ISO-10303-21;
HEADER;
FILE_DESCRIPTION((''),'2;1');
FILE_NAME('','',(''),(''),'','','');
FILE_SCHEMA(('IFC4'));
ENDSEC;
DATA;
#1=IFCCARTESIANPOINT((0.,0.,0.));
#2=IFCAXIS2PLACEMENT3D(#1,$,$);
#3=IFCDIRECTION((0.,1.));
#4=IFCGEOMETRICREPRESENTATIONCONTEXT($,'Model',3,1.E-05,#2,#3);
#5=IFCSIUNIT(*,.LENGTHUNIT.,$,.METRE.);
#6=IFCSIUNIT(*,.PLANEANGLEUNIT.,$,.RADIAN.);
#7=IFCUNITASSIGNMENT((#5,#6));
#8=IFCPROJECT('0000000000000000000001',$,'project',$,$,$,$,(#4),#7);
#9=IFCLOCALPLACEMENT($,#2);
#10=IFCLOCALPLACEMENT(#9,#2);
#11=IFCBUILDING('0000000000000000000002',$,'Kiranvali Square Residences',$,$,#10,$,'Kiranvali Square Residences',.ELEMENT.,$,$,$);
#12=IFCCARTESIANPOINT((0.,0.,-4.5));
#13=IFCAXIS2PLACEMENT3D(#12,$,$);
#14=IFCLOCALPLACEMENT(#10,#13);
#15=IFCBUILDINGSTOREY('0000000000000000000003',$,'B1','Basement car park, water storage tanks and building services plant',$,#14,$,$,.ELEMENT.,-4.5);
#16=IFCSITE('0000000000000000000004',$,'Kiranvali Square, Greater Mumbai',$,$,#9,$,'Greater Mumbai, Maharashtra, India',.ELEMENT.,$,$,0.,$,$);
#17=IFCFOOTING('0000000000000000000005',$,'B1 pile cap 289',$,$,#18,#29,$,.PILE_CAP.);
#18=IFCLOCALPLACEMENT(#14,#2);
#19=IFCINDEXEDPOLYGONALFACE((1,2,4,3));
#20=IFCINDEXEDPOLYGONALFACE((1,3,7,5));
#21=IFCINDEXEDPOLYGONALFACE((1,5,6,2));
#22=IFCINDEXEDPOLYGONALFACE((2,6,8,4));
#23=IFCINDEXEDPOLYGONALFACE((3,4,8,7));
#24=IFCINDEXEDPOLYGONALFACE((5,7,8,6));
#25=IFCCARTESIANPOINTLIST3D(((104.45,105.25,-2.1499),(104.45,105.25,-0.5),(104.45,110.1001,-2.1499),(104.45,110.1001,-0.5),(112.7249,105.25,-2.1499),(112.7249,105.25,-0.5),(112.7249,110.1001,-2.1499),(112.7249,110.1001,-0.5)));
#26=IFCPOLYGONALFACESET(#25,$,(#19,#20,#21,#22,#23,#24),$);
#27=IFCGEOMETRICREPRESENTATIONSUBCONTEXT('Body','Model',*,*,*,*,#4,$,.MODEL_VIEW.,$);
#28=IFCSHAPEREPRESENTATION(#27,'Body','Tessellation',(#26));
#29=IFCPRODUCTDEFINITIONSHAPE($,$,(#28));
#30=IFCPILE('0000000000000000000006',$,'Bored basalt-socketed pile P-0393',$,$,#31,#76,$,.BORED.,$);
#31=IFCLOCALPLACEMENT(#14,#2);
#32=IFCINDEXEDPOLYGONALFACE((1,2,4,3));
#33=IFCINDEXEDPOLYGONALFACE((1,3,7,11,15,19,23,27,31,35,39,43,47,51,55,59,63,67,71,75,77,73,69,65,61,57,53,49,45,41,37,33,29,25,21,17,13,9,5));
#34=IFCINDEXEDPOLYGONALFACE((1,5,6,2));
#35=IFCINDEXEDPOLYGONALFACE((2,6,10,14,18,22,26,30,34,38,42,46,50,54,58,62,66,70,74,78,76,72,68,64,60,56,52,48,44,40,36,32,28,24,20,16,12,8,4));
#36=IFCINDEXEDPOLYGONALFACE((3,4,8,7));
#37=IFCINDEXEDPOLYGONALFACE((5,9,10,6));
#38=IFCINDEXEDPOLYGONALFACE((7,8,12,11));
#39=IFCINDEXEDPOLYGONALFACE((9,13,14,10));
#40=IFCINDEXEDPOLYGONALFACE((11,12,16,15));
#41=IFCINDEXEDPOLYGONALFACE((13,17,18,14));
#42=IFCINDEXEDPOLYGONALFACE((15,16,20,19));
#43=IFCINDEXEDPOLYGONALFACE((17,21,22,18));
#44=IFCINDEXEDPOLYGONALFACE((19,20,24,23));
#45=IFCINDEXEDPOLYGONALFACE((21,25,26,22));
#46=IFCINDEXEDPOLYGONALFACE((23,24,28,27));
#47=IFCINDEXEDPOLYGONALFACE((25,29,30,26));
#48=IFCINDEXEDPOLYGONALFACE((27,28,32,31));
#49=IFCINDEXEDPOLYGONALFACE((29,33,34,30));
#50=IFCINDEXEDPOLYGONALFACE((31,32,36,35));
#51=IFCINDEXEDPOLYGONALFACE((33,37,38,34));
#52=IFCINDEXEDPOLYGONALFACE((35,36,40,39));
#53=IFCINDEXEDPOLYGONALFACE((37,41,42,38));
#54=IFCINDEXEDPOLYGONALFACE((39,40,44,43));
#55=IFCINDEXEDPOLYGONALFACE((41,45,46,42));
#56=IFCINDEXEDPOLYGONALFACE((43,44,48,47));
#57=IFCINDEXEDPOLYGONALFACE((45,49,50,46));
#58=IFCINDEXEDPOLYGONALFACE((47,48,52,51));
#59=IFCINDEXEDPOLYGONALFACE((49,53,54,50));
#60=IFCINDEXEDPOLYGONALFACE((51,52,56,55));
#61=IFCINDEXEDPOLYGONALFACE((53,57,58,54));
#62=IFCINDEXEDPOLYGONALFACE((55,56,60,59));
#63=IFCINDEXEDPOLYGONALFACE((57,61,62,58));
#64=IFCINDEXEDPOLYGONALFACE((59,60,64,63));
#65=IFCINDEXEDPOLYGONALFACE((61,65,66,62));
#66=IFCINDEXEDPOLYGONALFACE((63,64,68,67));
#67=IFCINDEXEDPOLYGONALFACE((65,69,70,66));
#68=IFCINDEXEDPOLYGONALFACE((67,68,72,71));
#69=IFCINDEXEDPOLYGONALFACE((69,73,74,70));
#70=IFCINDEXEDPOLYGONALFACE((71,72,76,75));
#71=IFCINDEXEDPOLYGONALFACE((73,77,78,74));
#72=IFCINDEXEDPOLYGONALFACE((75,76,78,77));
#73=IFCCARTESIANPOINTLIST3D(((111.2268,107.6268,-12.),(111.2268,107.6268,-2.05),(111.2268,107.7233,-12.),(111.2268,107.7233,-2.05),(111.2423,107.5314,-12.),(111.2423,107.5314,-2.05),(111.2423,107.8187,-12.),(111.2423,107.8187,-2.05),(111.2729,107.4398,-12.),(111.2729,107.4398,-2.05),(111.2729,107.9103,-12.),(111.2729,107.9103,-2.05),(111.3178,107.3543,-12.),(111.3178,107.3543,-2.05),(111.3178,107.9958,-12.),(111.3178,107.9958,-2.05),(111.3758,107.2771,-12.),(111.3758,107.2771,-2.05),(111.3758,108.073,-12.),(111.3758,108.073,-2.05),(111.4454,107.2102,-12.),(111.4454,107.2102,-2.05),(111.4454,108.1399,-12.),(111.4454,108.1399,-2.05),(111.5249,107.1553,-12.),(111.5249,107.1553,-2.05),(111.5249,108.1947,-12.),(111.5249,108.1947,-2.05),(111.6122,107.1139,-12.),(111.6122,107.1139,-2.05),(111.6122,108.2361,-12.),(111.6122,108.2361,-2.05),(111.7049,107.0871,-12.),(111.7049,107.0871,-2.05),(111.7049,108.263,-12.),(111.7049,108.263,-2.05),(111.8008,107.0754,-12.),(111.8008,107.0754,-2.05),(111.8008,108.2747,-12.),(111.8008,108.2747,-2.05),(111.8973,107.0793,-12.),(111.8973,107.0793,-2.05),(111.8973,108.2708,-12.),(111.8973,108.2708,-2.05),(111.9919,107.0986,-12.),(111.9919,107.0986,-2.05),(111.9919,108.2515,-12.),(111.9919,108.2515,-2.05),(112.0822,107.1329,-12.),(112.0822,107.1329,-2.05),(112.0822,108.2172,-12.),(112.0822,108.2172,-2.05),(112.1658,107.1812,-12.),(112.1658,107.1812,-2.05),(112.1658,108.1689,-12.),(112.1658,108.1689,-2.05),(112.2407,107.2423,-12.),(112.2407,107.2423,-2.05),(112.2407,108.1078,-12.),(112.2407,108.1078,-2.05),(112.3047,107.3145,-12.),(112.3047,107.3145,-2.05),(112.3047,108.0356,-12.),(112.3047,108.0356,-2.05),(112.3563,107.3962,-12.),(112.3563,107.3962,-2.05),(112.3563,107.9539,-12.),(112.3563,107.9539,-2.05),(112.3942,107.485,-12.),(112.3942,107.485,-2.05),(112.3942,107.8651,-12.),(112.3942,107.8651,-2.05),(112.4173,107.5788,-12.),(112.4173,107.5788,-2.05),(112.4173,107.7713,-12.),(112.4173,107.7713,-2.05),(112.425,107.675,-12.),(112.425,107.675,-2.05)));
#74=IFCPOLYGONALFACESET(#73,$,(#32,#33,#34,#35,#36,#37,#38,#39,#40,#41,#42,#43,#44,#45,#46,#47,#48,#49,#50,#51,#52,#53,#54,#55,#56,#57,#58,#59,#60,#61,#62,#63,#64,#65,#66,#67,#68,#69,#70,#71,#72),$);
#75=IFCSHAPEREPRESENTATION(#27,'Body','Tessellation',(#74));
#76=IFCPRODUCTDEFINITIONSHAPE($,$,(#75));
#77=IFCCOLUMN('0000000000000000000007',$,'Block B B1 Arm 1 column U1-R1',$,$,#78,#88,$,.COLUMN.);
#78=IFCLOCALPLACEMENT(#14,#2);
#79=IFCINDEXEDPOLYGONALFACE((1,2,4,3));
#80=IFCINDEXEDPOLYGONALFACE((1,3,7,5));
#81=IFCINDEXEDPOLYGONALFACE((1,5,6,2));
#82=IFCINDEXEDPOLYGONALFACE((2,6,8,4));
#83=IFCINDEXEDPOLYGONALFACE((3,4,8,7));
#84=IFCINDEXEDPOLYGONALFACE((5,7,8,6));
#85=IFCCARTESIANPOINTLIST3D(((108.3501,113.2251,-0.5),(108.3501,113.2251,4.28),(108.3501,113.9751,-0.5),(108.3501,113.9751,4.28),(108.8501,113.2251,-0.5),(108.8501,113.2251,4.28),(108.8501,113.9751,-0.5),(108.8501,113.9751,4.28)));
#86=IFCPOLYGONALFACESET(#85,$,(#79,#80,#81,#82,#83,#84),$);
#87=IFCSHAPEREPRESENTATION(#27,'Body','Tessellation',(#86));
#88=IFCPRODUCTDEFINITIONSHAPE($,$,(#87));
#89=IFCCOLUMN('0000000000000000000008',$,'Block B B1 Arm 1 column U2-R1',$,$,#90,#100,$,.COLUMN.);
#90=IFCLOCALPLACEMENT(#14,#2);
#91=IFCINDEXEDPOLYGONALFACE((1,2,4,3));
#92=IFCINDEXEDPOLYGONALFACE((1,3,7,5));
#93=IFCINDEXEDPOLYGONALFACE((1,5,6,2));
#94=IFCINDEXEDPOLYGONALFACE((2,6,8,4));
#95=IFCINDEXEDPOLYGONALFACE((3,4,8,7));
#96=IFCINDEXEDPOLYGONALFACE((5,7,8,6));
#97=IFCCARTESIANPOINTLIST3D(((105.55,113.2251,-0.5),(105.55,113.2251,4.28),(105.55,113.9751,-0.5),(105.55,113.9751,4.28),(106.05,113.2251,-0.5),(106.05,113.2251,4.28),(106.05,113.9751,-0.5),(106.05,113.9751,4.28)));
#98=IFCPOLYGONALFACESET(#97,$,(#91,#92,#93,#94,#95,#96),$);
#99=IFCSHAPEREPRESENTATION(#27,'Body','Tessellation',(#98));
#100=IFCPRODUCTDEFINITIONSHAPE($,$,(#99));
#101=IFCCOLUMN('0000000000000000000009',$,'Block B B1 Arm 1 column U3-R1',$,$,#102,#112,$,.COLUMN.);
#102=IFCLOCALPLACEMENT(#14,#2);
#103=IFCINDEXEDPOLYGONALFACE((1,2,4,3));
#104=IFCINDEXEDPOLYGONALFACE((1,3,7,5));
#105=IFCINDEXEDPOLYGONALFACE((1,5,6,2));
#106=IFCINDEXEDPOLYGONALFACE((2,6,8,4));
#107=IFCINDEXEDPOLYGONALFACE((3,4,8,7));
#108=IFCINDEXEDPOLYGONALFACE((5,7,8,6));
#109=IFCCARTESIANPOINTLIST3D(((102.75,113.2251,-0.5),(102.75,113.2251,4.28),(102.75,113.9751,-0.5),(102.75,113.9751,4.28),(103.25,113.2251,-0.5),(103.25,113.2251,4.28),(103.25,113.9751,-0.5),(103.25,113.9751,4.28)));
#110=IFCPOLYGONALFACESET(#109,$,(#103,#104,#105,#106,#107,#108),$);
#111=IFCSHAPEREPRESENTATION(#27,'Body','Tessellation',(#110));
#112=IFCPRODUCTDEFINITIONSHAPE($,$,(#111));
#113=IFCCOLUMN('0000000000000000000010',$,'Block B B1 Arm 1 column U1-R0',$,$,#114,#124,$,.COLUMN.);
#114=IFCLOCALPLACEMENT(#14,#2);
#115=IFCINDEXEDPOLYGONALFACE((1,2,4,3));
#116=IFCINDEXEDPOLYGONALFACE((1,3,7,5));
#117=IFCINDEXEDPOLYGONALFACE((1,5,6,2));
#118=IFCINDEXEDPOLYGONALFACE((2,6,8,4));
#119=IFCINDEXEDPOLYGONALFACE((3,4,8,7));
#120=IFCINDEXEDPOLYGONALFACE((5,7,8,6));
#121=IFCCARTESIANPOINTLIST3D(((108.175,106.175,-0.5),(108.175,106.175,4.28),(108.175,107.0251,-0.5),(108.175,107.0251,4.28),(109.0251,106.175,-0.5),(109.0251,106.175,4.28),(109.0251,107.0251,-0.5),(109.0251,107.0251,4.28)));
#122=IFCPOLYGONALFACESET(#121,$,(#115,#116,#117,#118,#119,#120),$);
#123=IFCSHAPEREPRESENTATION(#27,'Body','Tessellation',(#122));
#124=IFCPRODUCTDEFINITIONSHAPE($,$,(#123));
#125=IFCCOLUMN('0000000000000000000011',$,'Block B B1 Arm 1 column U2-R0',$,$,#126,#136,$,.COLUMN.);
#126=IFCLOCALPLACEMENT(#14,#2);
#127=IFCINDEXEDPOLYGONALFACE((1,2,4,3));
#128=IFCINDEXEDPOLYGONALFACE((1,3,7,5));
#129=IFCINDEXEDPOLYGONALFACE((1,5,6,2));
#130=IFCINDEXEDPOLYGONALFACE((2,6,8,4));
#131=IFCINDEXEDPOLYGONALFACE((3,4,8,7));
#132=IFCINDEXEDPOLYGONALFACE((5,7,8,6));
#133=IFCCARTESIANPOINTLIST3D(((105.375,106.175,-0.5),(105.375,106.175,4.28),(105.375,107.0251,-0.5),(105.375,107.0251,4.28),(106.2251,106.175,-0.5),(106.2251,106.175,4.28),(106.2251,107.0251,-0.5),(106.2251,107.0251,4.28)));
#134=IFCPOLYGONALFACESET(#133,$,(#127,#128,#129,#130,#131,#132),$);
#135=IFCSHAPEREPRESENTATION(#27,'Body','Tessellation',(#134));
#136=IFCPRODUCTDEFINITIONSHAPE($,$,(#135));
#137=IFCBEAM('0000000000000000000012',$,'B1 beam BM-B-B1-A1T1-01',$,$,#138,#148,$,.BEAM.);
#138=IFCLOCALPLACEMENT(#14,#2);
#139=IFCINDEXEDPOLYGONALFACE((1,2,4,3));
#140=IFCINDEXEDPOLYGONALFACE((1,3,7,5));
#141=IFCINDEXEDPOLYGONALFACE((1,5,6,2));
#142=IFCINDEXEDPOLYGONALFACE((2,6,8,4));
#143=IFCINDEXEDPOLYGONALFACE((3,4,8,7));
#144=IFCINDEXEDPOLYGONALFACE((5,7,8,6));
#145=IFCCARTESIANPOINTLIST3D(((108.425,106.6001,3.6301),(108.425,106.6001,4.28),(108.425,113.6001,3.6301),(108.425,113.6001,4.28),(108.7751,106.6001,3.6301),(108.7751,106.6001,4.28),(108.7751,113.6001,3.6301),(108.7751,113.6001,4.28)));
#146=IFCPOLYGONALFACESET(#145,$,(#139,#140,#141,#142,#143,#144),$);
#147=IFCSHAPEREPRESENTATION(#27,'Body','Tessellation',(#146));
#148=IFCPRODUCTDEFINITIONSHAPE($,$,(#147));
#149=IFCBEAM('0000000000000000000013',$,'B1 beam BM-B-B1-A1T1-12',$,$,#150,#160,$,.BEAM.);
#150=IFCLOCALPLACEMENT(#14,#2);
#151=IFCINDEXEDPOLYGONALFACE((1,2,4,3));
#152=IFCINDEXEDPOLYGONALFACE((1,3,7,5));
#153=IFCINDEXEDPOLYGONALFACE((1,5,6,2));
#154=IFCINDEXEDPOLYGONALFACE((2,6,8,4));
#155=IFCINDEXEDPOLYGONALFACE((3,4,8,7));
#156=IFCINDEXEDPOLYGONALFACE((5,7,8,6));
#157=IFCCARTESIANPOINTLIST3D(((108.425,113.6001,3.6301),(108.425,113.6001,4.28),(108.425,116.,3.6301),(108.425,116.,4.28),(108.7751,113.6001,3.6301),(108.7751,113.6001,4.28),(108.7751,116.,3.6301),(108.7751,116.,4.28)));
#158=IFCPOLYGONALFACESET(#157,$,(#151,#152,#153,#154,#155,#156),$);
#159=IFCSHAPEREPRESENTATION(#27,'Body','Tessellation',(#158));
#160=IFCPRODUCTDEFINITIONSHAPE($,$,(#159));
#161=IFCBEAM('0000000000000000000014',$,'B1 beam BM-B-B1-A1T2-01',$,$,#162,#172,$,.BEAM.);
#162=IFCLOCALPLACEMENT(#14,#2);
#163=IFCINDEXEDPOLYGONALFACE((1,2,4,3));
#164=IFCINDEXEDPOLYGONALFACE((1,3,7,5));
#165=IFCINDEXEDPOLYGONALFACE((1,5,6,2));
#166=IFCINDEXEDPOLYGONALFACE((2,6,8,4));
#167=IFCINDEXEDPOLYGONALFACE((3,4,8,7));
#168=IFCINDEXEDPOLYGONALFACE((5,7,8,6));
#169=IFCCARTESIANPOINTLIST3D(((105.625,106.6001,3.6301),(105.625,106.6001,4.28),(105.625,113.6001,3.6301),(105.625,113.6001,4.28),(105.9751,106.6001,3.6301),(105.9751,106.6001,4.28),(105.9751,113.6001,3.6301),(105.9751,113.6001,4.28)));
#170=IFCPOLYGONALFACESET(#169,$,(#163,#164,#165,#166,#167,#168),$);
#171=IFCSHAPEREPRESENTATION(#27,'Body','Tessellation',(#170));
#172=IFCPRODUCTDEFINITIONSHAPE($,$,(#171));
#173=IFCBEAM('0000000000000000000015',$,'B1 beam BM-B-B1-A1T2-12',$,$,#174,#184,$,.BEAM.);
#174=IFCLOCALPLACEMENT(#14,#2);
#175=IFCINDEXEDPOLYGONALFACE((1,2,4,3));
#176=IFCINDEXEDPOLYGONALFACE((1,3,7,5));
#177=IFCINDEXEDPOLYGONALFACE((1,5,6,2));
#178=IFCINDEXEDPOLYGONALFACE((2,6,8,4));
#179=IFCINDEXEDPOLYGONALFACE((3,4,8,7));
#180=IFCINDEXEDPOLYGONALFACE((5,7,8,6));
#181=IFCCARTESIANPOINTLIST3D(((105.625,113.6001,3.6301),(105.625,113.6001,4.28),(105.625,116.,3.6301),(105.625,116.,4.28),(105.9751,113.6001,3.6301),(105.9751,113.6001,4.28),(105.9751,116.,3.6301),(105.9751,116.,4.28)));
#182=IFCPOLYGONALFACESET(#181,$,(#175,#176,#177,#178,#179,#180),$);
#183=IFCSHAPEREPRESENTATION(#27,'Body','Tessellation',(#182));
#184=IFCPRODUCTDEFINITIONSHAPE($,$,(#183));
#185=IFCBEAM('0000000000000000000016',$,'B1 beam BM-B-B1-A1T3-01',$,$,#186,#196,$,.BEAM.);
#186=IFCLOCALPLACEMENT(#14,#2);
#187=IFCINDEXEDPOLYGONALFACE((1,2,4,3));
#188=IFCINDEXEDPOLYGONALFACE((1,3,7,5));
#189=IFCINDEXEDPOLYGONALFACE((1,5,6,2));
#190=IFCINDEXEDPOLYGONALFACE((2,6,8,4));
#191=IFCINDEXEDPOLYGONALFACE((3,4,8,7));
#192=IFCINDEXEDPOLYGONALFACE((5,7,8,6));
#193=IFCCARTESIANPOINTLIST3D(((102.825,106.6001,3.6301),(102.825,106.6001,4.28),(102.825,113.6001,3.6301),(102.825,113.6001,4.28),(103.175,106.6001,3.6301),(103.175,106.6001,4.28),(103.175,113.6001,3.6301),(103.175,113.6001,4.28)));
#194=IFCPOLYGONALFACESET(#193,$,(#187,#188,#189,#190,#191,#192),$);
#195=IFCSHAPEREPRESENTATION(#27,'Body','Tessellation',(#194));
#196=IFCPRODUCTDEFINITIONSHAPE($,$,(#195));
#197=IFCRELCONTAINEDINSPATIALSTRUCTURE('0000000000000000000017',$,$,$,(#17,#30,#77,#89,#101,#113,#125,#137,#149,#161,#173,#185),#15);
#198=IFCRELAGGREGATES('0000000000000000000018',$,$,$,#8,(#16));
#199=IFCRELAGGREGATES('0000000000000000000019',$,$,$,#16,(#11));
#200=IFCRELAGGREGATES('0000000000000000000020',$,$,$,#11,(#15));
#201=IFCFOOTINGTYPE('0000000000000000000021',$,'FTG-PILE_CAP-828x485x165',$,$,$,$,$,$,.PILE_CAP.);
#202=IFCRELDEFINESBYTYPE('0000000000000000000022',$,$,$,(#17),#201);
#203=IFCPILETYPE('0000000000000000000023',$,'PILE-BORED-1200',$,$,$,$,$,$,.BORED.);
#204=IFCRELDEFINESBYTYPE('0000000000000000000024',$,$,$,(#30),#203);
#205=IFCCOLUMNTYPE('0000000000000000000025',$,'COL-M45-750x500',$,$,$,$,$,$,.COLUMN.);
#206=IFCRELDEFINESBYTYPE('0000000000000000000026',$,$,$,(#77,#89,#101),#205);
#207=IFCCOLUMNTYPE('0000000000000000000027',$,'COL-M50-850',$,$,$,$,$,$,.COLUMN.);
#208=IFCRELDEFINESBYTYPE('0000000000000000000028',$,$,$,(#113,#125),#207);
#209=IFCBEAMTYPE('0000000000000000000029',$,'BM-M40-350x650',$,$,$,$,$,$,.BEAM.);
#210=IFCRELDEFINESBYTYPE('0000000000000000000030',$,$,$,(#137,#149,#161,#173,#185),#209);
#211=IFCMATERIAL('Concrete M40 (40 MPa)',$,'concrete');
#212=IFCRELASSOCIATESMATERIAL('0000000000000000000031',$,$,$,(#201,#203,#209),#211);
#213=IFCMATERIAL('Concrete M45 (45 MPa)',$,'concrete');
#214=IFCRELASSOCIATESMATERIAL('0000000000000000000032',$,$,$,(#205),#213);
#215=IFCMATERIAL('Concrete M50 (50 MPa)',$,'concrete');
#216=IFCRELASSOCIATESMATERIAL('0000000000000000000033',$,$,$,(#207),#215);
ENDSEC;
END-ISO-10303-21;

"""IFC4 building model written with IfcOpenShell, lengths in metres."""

from ifc_helpers import new_model, si_unit, direction, frame, origin, origin_2d, place, context, subcontext, project, spatial, rectangle, circle, extrude, material, material_profile, profile_set, type_object, element, save


model = new_model("IFC4")

# Units and contexts
model_context = context("Model", 3, precision=1e-05, world=origin(), true_north=direction((0.0, 1.0)))
body_context = subcontext(model_context, "Body", "Model", "MODEL_VIEW")
ifc_project = project(units=[si_unit("LENGTHUNIT", "METRE"), si_unit("PLANEANGLEUNIT", "RADIAN")], contexts=[model_context])

# Site, building, storey
site_placement = place(None, origin())
site = spatial("IfcSite", under=ifc_project, at=site_placement, Name="Kiranvali Square, Greater Mumbai", LongName="Greater Mumbai, Maharashtra, India", CompositionType="ELEMENT", RefElevation=0.0)
building_placement = place(site_placement, origin())
building = spatial("IfcBuilding", under=site, at=building_placement, Name="Kiranvali Square Residences", LongName="Kiranvali Square Residences", CompositionType="ELEMENT")
storey_placement = place(building_placement, frame((0.0, 0.0, -4.5)))
storey = spatial("IfcBuildingStorey", under=building, at=storey_placement, Name="B1", Description="Basement car park, water storage tanks and building services plant", CompositionType="ELEMENT", Elevation=-4.5)

# Footing
ifc_material_1 = material(Name="Concrete M40 (40 MPa)", Category="concrete")
footing_type = type_object("IfcFootingType", Name="FTG-PILE_CAP-828x485x165", PredefinedType="PILE_CAP", material=ifc_material_1)
footing_placement = place(storey_placement, frame((108.5874, 107.675, -2.1499), z_axis=(0.0, 0.0, 1.0), x_axis=(1.0, 0.0, 0.0)))
element("IfcFooting", 1, at=footing_placement, inside=storey, type_object=footing_type, Name="B1 pile cap 289", PredefinedType="PILE_CAP", context=body_context, shape_type="SweptSolid", body=[
    extrude(rectangle(XDim=8.2749, YDim=4.8501, at=origin_2d()), origin(), (0.0, 0.0, 1.0), 1.6499),
])

# Pile
ifc_material_profile_1 = material_profile(ifc_material_1, circle(Radius=0.6001, at=origin_2d()), Name="BORED PILE 1200")
ifc_profile_set_1 = profile_set([ifc_material_profile_1], Name="Concrete M40 (40 MPa)")
pile_type = type_object("IfcPileType", Name="PILE-BORED-1200", PredefinedType="BORED", material=ifc_profile_set_1)
pile_placement = place(storey_placement, frame((111.825, 107.675, -2.05), z_axis=(0.0, 0.0, -1.0), x_axis=(1.0, 0.0, 0.0)))
element("IfcPile", 2, at=pile_placement, inside=storey, type_object=pile_type, Name="Bored basalt-socketed pile P-0393", PredefinedType="BORED", context=body_context, shape_type="SweptSolid", body=[
    extrude(circle(Radius=0.6001, at=origin_2d()), origin(), (0.0, 0.0, 1.0), 9.95),
])

# Columns
ifc_material_2 = material(Name="Concrete M45 (45 MPa)", Category="concrete")
ifc_material_profile_2 = material_profile(ifc_material_2, rectangle(XDim=0.5, YDim=0.75, at=origin_2d()), Name="RC 750x500")
ifc_profile_set_2 = profile_set([ifc_material_profile_2], Name="Concrete M45 (45 MPa)")
column_type_1 = type_object("IfcColumnType", Name="COL-M45-750x500", PredefinedType="COLUMN", material=ifc_profile_set_2)
for number, where, z_axis, x_axis, name in (
    (3, (108.6001, 113.6001, -0.5), (0.0, 0.0, 1.0), (1.0, 0.0, 0.0), "Block B B1 Arm 1 column U1-R1"),
    (4, (105.8, 113.6001, -0.5), (0.0, 0.0, 1.0), (1.0, 0.0, 0.0), "Block B B1 Arm 1 column U2-R1"),
    (5, (103.0, 113.6001, -0.5), (0.0, 0.0, 1.0), (1.0, 0.0, 0.0), "Block B B1 Arm 1 column U3-R1"),
):
    element("IfcColumn", number, at=place(storey_placement, frame(where, z_axis=z_axis, x_axis=x_axis)), inside=storey, type_object=column_type_1, Name=name, PredefinedType="COLUMN", context=body_context, shape_type="SweptSolid", body=[
        extrude(rectangle(XDim=0.5, YDim=0.75, at=origin_2d()), origin(), (0.0, 0.0, 1.0), 4.78),
    ])
ifc_material_3 = material(Name="Concrete M50 (50 MPa)", Category="concrete")
ifc_material_profile_3 = material_profile(ifc_material_3, rectangle(XDim=0.8501, YDim=0.8501, at=origin_2d()), Name="RC 850x850")
ifc_profile_set_3 = profile_set([ifc_material_profile_3], Name="Concrete M50 (50 MPa)")
column_type_2 = type_object("IfcColumnType", Name="COL-M50-850", PredefinedType="COLUMN", material=ifc_profile_set_3)
for number, where, z_axis, x_axis, name in (
    (6, (108.6001, 106.6001, -0.5), (0.0, 0.0, 1.0), (1.0, 0.0, 0.0), "Block B B1 Arm 1 column U1-R0"),
    (7, (105.8, 106.6001, -0.5), (0.0, 0.0, 1.0), (1.0, 0.0, 0.0), "Block B B1 Arm 1 column U2-R0"),
):
    element("IfcColumn", number, at=place(storey_placement, frame(where, z_axis=z_axis, x_axis=x_axis)), inside=storey, type_object=column_type_2, Name=name, PredefinedType="COLUMN", context=body_context, shape_type="SweptSolid", body=[
        extrude(rectangle(XDim=0.8501, YDim=0.8501, at=origin_2d()), origin(), (0.0, 0.0, 1.0), 4.78),
    ])

# Beams
ifc_material_profile_4 = material_profile(ifc_material_1, rectangle(XDim=0.3501, YDim=0.6499, at=origin_2d()), Name="RC 350x650")
ifc_profile_set_4 = profile_set([ifc_material_profile_4], Name="Concrete M40 (40 MPa)")
beam_type_1 = type_object("IfcBeamType", Name="BM-M40-350x650", PredefinedType="BEAM", material=ifc_profile_set_4)
beam_1_placement = place(storey_placement, frame((108.6001, 106.6001, 3.9551), z_axis=(0.0, 1.0, 0.0), x_axis=(-1.0, 0.0, 0.0)))
element("IfcBeam", 8, at=beam_1_placement, inside=storey, type_object=beam_type_1, Name="B1 beam BM-B-B1-A1T1-01", PredefinedType="BEAM", context=body_context, shape_type="SweptSolid", body=[
    extrude(rectangle(XDim=0.3501, YDim=0.6499, at=origin_2d()), origin(), (0.0, 0.0, 1.0), 7.0),
])
beam_2_placement = place(storey_placement, frame((108.6001, 113.6001, 3.9551), z_axis=(0.0, 1.0, 0.0), x_axis=(-1.0, 0.0, 0.0)))
element("IfcBeam", 9, at=beam_2_placement, inside=storey, type_object=beam_type_1, Name="B1 beam BM-B-B1-A1T1-12", PredefinedType="BEAM", context=body_context, shape_type="SweptSolid", body=[
    extrude(rectangle(XDim=0.3501, YDim=0.6499, at=origin_2d()), origin(), (0.0, 0.0, 1.0), 2.3999),
])
beam_3_placement = place(storey_placement, frame((105.8, 106.6001, 3.9551), z_axis=(0.0, 1.0, 0.0), x_axis=(-1.0, 0.0, 0.0)))
element("IfcBeam", 10, at=beam_3_placement, inside=storey, type_object=beam_type_1, Name="B1 beam BM-B-B1-A1T2-01", PredefinedType="BEAM", context=body_context, shape_type="SweptSolid", body=[
    extrude(rectangle(XDim=0.3501, YDim=0.6499, at=origin_2d()), origin(), (0.0, 0.0, 1.0), 7.0),
])
beam_4_placement = place(storey_placement, frame((105.8, 113.6001, 3.9551), z_axis=(0.0, 1.0, 0.0), x_axis=(-1.0, 0.0, 0.0)))
element("IfcBeam", 11, at=beam_4_placement, inside=storey, type_object=beam_type_1, Name="B1 beam BM-B-B1-A1T2-12", PredefinedType="BEAM", context=body_context, shape_type="SweptSolid", body=[
    extrude(rectangle(XDim=0.3501, YDim=0.6499, at=origin_2d()), origin(), (0.0, 0.0, 1.0), 2.3999),
])
beam_5_placement = place(storey_placement, frame((103.0, 106.6001, 3.9551), z_axis=(0.0, 1.0, 0.0), x_axis=(-1.0, 0.0, 0.0)))
element("IfcBeam", 12, at=beam_5_placement, inside=storey, type_object=beam_type_1, Name="B1 beam BM-B-B1-A1T3-01", PredefinedType="BEAM", context=body_context, shape_type="SweptSolid", body=[
    extrude(rectangle(XDim=0.3501, YDim=0.6499, at=origin_2d()), origin(), (0.0, 0.0, 1.0), 7.0),
])

save(model, "model.ifc")
